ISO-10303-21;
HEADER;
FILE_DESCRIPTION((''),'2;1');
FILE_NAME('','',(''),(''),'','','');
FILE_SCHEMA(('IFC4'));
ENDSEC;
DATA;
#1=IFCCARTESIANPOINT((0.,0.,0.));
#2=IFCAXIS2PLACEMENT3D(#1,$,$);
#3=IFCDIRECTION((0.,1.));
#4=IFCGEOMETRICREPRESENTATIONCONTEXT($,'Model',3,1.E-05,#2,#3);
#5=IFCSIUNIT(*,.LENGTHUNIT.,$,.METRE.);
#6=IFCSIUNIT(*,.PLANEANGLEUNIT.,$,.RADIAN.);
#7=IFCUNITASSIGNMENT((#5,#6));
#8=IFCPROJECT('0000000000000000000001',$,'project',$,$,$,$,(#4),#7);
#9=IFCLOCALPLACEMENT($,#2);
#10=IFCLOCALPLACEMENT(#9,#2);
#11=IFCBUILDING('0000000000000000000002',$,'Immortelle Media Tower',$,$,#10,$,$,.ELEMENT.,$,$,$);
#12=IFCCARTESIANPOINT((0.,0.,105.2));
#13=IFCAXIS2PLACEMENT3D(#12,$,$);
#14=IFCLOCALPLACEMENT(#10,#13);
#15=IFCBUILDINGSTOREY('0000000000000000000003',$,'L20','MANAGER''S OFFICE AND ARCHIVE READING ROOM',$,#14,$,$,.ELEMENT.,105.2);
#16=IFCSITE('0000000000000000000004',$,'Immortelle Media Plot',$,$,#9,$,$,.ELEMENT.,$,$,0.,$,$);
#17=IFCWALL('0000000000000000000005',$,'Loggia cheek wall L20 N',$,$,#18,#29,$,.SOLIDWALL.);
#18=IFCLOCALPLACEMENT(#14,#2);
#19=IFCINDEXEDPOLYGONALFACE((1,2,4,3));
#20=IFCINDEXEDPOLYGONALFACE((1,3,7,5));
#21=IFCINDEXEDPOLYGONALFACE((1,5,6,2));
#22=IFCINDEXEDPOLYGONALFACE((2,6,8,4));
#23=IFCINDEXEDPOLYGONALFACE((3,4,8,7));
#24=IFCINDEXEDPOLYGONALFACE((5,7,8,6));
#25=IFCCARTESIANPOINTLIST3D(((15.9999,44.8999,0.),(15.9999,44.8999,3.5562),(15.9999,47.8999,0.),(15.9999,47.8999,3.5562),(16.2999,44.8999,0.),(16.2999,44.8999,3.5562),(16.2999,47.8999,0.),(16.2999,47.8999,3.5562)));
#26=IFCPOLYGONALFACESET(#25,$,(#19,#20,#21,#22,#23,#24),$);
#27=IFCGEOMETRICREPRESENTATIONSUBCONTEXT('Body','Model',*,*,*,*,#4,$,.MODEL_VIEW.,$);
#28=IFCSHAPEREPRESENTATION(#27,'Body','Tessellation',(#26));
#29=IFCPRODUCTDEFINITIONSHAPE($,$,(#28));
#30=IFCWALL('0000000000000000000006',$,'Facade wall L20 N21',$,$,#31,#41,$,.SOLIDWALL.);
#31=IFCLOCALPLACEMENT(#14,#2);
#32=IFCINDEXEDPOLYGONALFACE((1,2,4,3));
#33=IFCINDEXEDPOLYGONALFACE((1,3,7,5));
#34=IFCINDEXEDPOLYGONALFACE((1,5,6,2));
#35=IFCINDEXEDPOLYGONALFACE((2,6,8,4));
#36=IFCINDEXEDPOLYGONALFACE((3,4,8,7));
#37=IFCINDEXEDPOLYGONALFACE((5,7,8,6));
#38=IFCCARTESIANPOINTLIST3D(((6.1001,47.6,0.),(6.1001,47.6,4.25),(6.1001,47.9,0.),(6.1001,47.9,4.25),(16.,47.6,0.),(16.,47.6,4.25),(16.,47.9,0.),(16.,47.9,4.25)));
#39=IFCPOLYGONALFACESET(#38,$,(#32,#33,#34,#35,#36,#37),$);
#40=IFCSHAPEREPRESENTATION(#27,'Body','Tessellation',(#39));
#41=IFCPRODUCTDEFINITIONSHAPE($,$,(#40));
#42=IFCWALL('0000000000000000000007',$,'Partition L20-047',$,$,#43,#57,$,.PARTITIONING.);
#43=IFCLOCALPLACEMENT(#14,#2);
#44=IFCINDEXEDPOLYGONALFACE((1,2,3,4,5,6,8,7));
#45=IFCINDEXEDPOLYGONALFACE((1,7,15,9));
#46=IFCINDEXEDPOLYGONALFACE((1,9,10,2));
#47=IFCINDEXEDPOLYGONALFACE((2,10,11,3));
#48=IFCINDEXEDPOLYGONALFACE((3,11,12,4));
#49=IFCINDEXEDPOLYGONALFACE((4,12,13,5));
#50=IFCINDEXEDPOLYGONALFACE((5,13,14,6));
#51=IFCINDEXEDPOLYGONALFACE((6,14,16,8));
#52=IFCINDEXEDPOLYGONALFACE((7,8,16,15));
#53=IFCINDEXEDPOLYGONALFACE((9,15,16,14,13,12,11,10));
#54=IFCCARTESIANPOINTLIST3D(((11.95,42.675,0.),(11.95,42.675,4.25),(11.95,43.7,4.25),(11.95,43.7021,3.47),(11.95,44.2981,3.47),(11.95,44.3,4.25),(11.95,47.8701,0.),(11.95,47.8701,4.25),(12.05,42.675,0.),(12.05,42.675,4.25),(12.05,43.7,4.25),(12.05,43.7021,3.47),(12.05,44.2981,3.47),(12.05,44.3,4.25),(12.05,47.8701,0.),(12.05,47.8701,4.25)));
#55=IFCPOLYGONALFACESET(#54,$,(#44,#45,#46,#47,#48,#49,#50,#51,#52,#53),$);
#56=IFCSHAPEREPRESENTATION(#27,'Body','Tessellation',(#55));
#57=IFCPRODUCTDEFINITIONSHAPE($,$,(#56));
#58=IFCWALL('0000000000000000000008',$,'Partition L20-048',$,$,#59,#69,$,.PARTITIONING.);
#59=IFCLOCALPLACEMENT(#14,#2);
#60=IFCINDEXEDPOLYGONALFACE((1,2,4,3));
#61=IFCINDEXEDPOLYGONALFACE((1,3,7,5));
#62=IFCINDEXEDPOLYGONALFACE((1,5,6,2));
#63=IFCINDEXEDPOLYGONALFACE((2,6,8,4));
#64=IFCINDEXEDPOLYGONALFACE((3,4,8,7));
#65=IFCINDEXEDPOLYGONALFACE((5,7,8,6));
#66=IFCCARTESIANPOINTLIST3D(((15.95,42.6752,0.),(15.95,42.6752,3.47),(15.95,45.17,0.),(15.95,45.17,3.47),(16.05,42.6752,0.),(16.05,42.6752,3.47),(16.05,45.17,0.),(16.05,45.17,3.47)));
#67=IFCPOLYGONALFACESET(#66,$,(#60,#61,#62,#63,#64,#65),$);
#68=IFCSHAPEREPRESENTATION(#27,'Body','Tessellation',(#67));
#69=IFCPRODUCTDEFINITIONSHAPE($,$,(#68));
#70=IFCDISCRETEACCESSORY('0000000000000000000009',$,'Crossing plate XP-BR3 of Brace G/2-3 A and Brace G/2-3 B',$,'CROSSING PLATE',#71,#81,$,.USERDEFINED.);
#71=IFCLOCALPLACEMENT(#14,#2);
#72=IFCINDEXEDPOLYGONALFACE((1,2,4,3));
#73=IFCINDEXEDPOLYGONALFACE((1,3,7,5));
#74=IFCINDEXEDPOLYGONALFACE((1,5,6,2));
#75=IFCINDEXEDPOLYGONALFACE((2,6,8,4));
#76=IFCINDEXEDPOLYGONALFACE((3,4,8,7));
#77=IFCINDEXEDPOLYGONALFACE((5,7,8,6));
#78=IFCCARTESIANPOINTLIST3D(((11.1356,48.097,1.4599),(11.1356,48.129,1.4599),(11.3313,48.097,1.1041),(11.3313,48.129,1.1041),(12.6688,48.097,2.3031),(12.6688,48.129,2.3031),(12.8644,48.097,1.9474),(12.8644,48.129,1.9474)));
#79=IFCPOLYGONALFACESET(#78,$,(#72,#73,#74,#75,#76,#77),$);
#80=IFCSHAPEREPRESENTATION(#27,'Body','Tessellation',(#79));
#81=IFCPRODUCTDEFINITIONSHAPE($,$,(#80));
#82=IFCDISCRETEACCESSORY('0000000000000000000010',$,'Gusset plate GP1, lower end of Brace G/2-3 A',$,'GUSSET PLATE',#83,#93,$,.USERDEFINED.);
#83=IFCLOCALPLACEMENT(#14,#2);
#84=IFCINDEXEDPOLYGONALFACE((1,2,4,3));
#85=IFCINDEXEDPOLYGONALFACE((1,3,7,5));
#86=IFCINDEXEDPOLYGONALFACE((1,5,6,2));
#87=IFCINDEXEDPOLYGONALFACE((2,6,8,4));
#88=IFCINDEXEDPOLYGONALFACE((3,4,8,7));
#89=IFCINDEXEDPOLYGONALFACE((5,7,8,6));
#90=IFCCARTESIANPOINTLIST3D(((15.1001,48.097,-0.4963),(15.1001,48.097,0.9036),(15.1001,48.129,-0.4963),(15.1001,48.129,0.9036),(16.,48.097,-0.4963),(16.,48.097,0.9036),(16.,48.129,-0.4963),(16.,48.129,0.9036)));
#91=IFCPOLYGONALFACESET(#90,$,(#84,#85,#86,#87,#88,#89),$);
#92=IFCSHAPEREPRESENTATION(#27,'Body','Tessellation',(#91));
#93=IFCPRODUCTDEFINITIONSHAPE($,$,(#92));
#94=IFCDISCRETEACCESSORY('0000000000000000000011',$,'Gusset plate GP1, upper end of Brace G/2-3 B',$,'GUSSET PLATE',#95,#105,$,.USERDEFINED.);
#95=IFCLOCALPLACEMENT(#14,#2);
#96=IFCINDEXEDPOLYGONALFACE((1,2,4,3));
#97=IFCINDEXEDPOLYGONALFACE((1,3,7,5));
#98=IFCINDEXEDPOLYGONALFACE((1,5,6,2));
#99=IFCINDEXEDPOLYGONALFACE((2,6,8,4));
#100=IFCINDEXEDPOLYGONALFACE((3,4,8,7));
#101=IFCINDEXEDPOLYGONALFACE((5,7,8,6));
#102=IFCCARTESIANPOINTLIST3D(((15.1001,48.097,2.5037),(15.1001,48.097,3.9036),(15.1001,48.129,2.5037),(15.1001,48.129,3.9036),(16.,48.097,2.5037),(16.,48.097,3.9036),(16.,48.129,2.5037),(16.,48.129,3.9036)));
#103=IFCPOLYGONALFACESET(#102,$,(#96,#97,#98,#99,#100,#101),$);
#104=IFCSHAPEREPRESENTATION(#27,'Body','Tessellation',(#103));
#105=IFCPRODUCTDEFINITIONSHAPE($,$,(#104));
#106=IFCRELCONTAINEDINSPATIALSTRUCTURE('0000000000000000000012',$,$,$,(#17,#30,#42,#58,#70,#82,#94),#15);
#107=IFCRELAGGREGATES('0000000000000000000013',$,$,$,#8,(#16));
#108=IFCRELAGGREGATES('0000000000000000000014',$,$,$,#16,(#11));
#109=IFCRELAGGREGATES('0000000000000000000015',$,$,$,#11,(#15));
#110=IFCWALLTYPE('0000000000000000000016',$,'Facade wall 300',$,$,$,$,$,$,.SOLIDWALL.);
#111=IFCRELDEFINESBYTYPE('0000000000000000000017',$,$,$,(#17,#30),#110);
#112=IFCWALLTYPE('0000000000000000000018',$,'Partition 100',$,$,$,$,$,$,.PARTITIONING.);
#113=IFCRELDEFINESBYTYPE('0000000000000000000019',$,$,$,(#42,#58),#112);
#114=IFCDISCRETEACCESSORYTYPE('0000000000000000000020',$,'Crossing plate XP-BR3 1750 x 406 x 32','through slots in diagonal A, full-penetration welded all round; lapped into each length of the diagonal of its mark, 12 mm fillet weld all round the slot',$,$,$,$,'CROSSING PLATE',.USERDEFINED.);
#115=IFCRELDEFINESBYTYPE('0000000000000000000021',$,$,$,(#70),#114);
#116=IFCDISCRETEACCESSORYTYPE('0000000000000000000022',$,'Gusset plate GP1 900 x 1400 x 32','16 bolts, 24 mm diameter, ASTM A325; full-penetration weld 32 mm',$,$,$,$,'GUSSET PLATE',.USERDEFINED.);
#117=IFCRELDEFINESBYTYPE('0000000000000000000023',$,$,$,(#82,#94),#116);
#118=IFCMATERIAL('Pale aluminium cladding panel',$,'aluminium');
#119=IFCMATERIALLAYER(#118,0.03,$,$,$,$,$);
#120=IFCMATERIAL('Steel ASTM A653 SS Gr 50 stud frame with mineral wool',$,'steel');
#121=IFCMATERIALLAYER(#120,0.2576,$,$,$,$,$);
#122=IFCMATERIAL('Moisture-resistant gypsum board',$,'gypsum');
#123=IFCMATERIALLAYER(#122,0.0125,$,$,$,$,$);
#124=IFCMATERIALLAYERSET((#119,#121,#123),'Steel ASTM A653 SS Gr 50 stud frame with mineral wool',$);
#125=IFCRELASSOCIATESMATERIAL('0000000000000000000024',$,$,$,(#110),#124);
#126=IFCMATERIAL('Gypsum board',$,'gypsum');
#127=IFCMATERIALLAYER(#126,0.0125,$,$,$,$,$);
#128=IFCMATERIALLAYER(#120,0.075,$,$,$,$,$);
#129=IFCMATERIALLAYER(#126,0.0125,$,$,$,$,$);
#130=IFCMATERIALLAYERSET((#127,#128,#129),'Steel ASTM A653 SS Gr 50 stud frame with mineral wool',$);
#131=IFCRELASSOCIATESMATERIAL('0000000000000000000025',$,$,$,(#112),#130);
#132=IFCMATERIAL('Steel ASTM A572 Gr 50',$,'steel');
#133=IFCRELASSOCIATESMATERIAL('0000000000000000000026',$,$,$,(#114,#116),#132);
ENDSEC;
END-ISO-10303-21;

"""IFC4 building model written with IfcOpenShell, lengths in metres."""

from ifc_helpers import new_model, si_unit, direction, frame, frame_2d, origin, origin_2d, place, context, subcontext, project, spatial, polyline, rectangle, outline, extrude, material, layer, layer_set, material_profile, profile_set, type_object, element, save


model = new_model("IFC4")

# Units and contexts
model_context = context("Model", 3, precision=1e-05, world=origin(), true_north=direction((0.0, 1.0)))
body_context = subcontext(model_context, "Body", "Model", "MODEL_VIEW")
ifc_project = project(units=[si_unit("LENGTHUNIT", "METRE"), si_unit("PLANEANGLEUNIT", "RADIAN")], contexts=[model_context])

# Site, building, storey
site_placement = place(None, origin())
site = spatial("IfcSite", under=ifc_project, at=site_placement, Name="Immortelle Media Plot", CompositionType="ELEMENT", RefElevation=0.0)
building_placement = place(site_placement, origin())
building = spatial("IfcBuilding", under=site, at=building_placement, Name="Immortelle Media Tower", CompositionType="ELEMENT")
storey_placement = place(building_placement, frame((0.0, 0.0, 105.2)))
storey = spatial("IfcBuildingStorey", under=building, at=storey_placement, Name="L20", Description="MANAGER'S OFFICE AND ARCHIVE READING ROOM", CompositionType="ELEMENT", Elevation=105.2)

# Walls
ifc_material_1 = material(Name="Pale aluminium cladding panel", Category="aluminium")
ifc_layer_1 = layer(ifc_material_1, 0.03)
ifc_material_2 = material(Name="Steel ASTM A653 SS Gr 50 stud frame with mineral wool", Category="steel")
ifc_layer_2 = layer(ifc_material_2, 0.2576)
ifc_material_3 = material(Name="Moisture-resistant gypsum board", Category="gypsum")
ifc_layer_3 = layer(ifc_material_3, 0.0125)
ifc_layer_set_1 = layer_set([ifc_layer_1, ifc_layer_2, ifc_layer_3], Name="Steel ASTM A653 SS Gr 50 stud frame with mineral wool")
wall_type_1 = type_object("IfcWallType", Name="Facade wall 300", PredefinedType="SOLIDWALL", material=ifc_layer_set_1)
wall_1_placement = place(storey_placement, frame((16.1499, 47.8999, 0.0), z_axis=(0.0, 0.0, 1.0), x_axis=(0.0, -1.0, 0.0)))
element("IfcWall", 1, at=wall_1_placement, inside=storey, type_object=wall_type_1, Name="Loggia cheek wall L20 N", PredefinedType="SOLIDWALL", context=body_context, shape_type="SweptSolid", body=[
    extrude(rectangle(XDim=3.0, YDim=0.3, at=frame_2d((1.5, 0.0))), origin(), (0.0, 0.0, 1.0), 3.5562),
])
wall_2_placement = place(storey_placement, frame((16.0, 47.75, 0.0), z_axis=(0.0, 0.0, 1.0), x_axis=(-1.0, 0.0, 0.0)))
element("IfcWall", 2, at=wall_2_placement, inside=storey, type_object=wall_type_1, Name="Facade wall L20 N21", PredefinedType="SOLIDWALL", context=body_context, shape_type="SweptSolid", body=[
    extrude(rectangle(XDim=9.8999, YDim=0.3, at=frame_2d((4.95, 0.0))), origin(), (0.0, 0.0, 1.0), 4.25),
])
ifc_material_4 = material(Name="Gypsum board", Category="gypsum")
ifc_layer_4 = layer(ifc_material_4, 0.0125)
ifc_layer_5 = layer(ifc_material_2, 0.075)
ifc_layer_6 = layer(ifc_material_4, 0.0125)
ifc_layer_set_2 = layer_set([ifc_layer_4, ifc_layer_5, ifc_layer_6], Name="Steel ASTM A653 SS Gr 50 stud frame with mineral wool")
wall_type_2 = type_object("IfcWallType", Name="Partition 100", PredefinedType="PARTITIONING", material=ifc_layer_set_2)
wall_3_placement = place(storey_placement, frame((12.0, 42.675, 0.0), z_axis=(0.0, 0.0, 1.0), x_axis=(0.0, 1.0, 0.0)))
element("IfcWall", 3, at=wall_3_placement, inside=storey, type_object=wall_type_2, Name="Partition L20-047", PredefinedType="PARTITIONING", context=body_context, shape_type="SweptSolid", body=[
    extrude(outline(polyline([(0.0, 0.0), (5.1951, 0.0), (5.1951, 4.25), (1.625, 4.25), (1.623, 3.47), (1.0271, 3.47), (1.0249, 4.25), (0.0, 4.25), (0.0, 0.0)])), frame((0.0, 0.05, 0.0), z_axis=(0.0, -1.0, 0.0), x_axis=(1.0, 0.0, 0.0)), (0.0, 0.0, 1.0), 0.1001),
])
wall_4_placement = place(storey_placement, frame((16.0, 42.675, 0.0), z_axis=(0.0, 0.0, 1.0), x_axis=(0.0, 1.0, 0.0)))
element("IfcWall", 4, at=wall_4_placement, inside=storey, type_object=wall_type_2, Name="Partition L20-048", PredefinedType="PARTITIONING", context=body_context, shape_type="SweptSolid", body=[
    extrude(rectangle(XDim=2.4949, YDim=0.1001, at=frame_2d((1.2476, 0.0))), origin(), (0.0, 0.0, 1.0), 3.47),
])

# Discrete accessories
ifc_material_5 = material(Name="Steel ASTM A572 Gr 50", Category="steel")
ifc_material_profile_1 = material_profile(ifc_material_5, rectangle(XDim=0.032, YDim=0.406, at=origin_2d()), Name="PL 32 x 406")
ifc_profile_set_1 = profile_set([ifc_material_profile_1], Name="Steel ASTM A572 Gr 50")
discrete_accessory_type_1 = type_object("IfcDiscreteAccessoryType", Name="Crossing plate XP-BR3 1750 x 406 x 32", Description="through slots in diagonal A, full-penetration welded all round; lapped into each length of the diagonal of its mark, 12 mm fillet weld all round the slot", ElementType="CROSSING PLATE", PredefinedType="USERDEFINED", material=ifc_profile_set_1)
discrete_accessory_placement = place(storey_placement, frame((12.7666, 48.113, 2.1252), z_axis=(-0.876216, 0.0, -0.481919), x_axis=(0.0, -1.0, 0.0)))
element("IfcDiscreteAccessory", 5, at=discrete_accessory_placement, inside=storey, type_object=discrete_accessory_type_1, Name="Crossing plate XP-BR3 of Brace G/2-3 A and Brace G/2-3 B", ObjectType="CROSSING PLATE", PredefinedType="USERDEFINED", context=body_context, shape_type="SweptSolid", body=[
    extrude(rectangle(XDim=0.032, YDim=0.406, at=origin_2d()), origin(), (0.0, 0.0, 1.0), 1.7498),
])
ifc_material_profile_2 = material_profile(ifc_material_5, rectangle(XDim=0.032, YDim=1.3999, at=origin_2d()), Name="PL 32 x 1400")
ifc_profile_set_2 = profile_set([ifc_material_profile_2], Name="Steel ASTM A572 Gr 50")
discrete_accessory_type_2 = type_object("IfcDiscreteAccessoryType", Name="Gusset plate GP1 900 x 1400 x 32", Description="16 bolts, 24 mm diameter, ASTM A325; full-penetration weld 32 mm", ElementType="GUSSET PLATE", PredefinedType="USERDEFINED", material=ifc_profile_set_2)
for number, where, z_axis, x_axis, name in (
    (6, (16.0, 48.113, 0.2036), (-1.0, 0.0, 0.0), (0.0, -1.0, 0.0), "Gusset plate GP1, lower end of Brace G/2-3 A"),
    (7, (16.0, 48.113, 3.2036), (-1.0, 0.0, 0.0), (0.0, -1.0, 0.0), "Gusset plate GP1, upper end of Brace G/2-3 B"),
):
    element("IfcDiscreteAccessory", number, at=place(storey_placement, frame(where, z_axis=z_axis, x_axis=x_axis)), inside=storey, type_object=discrete_accessory_type_2, Name=name, ObjectType="GUSSET PLATE", PredefinedType="USERDEFINED", context=body_context, shape_type="SweptSolid", body=[
        extrude(rectangle(XDim=0.032, YDim=1.3999, at=origin_2d()), origin(), (0.0, 0.0, 1.0), 0.8999),
    ])

save(model, "model.ifc")
